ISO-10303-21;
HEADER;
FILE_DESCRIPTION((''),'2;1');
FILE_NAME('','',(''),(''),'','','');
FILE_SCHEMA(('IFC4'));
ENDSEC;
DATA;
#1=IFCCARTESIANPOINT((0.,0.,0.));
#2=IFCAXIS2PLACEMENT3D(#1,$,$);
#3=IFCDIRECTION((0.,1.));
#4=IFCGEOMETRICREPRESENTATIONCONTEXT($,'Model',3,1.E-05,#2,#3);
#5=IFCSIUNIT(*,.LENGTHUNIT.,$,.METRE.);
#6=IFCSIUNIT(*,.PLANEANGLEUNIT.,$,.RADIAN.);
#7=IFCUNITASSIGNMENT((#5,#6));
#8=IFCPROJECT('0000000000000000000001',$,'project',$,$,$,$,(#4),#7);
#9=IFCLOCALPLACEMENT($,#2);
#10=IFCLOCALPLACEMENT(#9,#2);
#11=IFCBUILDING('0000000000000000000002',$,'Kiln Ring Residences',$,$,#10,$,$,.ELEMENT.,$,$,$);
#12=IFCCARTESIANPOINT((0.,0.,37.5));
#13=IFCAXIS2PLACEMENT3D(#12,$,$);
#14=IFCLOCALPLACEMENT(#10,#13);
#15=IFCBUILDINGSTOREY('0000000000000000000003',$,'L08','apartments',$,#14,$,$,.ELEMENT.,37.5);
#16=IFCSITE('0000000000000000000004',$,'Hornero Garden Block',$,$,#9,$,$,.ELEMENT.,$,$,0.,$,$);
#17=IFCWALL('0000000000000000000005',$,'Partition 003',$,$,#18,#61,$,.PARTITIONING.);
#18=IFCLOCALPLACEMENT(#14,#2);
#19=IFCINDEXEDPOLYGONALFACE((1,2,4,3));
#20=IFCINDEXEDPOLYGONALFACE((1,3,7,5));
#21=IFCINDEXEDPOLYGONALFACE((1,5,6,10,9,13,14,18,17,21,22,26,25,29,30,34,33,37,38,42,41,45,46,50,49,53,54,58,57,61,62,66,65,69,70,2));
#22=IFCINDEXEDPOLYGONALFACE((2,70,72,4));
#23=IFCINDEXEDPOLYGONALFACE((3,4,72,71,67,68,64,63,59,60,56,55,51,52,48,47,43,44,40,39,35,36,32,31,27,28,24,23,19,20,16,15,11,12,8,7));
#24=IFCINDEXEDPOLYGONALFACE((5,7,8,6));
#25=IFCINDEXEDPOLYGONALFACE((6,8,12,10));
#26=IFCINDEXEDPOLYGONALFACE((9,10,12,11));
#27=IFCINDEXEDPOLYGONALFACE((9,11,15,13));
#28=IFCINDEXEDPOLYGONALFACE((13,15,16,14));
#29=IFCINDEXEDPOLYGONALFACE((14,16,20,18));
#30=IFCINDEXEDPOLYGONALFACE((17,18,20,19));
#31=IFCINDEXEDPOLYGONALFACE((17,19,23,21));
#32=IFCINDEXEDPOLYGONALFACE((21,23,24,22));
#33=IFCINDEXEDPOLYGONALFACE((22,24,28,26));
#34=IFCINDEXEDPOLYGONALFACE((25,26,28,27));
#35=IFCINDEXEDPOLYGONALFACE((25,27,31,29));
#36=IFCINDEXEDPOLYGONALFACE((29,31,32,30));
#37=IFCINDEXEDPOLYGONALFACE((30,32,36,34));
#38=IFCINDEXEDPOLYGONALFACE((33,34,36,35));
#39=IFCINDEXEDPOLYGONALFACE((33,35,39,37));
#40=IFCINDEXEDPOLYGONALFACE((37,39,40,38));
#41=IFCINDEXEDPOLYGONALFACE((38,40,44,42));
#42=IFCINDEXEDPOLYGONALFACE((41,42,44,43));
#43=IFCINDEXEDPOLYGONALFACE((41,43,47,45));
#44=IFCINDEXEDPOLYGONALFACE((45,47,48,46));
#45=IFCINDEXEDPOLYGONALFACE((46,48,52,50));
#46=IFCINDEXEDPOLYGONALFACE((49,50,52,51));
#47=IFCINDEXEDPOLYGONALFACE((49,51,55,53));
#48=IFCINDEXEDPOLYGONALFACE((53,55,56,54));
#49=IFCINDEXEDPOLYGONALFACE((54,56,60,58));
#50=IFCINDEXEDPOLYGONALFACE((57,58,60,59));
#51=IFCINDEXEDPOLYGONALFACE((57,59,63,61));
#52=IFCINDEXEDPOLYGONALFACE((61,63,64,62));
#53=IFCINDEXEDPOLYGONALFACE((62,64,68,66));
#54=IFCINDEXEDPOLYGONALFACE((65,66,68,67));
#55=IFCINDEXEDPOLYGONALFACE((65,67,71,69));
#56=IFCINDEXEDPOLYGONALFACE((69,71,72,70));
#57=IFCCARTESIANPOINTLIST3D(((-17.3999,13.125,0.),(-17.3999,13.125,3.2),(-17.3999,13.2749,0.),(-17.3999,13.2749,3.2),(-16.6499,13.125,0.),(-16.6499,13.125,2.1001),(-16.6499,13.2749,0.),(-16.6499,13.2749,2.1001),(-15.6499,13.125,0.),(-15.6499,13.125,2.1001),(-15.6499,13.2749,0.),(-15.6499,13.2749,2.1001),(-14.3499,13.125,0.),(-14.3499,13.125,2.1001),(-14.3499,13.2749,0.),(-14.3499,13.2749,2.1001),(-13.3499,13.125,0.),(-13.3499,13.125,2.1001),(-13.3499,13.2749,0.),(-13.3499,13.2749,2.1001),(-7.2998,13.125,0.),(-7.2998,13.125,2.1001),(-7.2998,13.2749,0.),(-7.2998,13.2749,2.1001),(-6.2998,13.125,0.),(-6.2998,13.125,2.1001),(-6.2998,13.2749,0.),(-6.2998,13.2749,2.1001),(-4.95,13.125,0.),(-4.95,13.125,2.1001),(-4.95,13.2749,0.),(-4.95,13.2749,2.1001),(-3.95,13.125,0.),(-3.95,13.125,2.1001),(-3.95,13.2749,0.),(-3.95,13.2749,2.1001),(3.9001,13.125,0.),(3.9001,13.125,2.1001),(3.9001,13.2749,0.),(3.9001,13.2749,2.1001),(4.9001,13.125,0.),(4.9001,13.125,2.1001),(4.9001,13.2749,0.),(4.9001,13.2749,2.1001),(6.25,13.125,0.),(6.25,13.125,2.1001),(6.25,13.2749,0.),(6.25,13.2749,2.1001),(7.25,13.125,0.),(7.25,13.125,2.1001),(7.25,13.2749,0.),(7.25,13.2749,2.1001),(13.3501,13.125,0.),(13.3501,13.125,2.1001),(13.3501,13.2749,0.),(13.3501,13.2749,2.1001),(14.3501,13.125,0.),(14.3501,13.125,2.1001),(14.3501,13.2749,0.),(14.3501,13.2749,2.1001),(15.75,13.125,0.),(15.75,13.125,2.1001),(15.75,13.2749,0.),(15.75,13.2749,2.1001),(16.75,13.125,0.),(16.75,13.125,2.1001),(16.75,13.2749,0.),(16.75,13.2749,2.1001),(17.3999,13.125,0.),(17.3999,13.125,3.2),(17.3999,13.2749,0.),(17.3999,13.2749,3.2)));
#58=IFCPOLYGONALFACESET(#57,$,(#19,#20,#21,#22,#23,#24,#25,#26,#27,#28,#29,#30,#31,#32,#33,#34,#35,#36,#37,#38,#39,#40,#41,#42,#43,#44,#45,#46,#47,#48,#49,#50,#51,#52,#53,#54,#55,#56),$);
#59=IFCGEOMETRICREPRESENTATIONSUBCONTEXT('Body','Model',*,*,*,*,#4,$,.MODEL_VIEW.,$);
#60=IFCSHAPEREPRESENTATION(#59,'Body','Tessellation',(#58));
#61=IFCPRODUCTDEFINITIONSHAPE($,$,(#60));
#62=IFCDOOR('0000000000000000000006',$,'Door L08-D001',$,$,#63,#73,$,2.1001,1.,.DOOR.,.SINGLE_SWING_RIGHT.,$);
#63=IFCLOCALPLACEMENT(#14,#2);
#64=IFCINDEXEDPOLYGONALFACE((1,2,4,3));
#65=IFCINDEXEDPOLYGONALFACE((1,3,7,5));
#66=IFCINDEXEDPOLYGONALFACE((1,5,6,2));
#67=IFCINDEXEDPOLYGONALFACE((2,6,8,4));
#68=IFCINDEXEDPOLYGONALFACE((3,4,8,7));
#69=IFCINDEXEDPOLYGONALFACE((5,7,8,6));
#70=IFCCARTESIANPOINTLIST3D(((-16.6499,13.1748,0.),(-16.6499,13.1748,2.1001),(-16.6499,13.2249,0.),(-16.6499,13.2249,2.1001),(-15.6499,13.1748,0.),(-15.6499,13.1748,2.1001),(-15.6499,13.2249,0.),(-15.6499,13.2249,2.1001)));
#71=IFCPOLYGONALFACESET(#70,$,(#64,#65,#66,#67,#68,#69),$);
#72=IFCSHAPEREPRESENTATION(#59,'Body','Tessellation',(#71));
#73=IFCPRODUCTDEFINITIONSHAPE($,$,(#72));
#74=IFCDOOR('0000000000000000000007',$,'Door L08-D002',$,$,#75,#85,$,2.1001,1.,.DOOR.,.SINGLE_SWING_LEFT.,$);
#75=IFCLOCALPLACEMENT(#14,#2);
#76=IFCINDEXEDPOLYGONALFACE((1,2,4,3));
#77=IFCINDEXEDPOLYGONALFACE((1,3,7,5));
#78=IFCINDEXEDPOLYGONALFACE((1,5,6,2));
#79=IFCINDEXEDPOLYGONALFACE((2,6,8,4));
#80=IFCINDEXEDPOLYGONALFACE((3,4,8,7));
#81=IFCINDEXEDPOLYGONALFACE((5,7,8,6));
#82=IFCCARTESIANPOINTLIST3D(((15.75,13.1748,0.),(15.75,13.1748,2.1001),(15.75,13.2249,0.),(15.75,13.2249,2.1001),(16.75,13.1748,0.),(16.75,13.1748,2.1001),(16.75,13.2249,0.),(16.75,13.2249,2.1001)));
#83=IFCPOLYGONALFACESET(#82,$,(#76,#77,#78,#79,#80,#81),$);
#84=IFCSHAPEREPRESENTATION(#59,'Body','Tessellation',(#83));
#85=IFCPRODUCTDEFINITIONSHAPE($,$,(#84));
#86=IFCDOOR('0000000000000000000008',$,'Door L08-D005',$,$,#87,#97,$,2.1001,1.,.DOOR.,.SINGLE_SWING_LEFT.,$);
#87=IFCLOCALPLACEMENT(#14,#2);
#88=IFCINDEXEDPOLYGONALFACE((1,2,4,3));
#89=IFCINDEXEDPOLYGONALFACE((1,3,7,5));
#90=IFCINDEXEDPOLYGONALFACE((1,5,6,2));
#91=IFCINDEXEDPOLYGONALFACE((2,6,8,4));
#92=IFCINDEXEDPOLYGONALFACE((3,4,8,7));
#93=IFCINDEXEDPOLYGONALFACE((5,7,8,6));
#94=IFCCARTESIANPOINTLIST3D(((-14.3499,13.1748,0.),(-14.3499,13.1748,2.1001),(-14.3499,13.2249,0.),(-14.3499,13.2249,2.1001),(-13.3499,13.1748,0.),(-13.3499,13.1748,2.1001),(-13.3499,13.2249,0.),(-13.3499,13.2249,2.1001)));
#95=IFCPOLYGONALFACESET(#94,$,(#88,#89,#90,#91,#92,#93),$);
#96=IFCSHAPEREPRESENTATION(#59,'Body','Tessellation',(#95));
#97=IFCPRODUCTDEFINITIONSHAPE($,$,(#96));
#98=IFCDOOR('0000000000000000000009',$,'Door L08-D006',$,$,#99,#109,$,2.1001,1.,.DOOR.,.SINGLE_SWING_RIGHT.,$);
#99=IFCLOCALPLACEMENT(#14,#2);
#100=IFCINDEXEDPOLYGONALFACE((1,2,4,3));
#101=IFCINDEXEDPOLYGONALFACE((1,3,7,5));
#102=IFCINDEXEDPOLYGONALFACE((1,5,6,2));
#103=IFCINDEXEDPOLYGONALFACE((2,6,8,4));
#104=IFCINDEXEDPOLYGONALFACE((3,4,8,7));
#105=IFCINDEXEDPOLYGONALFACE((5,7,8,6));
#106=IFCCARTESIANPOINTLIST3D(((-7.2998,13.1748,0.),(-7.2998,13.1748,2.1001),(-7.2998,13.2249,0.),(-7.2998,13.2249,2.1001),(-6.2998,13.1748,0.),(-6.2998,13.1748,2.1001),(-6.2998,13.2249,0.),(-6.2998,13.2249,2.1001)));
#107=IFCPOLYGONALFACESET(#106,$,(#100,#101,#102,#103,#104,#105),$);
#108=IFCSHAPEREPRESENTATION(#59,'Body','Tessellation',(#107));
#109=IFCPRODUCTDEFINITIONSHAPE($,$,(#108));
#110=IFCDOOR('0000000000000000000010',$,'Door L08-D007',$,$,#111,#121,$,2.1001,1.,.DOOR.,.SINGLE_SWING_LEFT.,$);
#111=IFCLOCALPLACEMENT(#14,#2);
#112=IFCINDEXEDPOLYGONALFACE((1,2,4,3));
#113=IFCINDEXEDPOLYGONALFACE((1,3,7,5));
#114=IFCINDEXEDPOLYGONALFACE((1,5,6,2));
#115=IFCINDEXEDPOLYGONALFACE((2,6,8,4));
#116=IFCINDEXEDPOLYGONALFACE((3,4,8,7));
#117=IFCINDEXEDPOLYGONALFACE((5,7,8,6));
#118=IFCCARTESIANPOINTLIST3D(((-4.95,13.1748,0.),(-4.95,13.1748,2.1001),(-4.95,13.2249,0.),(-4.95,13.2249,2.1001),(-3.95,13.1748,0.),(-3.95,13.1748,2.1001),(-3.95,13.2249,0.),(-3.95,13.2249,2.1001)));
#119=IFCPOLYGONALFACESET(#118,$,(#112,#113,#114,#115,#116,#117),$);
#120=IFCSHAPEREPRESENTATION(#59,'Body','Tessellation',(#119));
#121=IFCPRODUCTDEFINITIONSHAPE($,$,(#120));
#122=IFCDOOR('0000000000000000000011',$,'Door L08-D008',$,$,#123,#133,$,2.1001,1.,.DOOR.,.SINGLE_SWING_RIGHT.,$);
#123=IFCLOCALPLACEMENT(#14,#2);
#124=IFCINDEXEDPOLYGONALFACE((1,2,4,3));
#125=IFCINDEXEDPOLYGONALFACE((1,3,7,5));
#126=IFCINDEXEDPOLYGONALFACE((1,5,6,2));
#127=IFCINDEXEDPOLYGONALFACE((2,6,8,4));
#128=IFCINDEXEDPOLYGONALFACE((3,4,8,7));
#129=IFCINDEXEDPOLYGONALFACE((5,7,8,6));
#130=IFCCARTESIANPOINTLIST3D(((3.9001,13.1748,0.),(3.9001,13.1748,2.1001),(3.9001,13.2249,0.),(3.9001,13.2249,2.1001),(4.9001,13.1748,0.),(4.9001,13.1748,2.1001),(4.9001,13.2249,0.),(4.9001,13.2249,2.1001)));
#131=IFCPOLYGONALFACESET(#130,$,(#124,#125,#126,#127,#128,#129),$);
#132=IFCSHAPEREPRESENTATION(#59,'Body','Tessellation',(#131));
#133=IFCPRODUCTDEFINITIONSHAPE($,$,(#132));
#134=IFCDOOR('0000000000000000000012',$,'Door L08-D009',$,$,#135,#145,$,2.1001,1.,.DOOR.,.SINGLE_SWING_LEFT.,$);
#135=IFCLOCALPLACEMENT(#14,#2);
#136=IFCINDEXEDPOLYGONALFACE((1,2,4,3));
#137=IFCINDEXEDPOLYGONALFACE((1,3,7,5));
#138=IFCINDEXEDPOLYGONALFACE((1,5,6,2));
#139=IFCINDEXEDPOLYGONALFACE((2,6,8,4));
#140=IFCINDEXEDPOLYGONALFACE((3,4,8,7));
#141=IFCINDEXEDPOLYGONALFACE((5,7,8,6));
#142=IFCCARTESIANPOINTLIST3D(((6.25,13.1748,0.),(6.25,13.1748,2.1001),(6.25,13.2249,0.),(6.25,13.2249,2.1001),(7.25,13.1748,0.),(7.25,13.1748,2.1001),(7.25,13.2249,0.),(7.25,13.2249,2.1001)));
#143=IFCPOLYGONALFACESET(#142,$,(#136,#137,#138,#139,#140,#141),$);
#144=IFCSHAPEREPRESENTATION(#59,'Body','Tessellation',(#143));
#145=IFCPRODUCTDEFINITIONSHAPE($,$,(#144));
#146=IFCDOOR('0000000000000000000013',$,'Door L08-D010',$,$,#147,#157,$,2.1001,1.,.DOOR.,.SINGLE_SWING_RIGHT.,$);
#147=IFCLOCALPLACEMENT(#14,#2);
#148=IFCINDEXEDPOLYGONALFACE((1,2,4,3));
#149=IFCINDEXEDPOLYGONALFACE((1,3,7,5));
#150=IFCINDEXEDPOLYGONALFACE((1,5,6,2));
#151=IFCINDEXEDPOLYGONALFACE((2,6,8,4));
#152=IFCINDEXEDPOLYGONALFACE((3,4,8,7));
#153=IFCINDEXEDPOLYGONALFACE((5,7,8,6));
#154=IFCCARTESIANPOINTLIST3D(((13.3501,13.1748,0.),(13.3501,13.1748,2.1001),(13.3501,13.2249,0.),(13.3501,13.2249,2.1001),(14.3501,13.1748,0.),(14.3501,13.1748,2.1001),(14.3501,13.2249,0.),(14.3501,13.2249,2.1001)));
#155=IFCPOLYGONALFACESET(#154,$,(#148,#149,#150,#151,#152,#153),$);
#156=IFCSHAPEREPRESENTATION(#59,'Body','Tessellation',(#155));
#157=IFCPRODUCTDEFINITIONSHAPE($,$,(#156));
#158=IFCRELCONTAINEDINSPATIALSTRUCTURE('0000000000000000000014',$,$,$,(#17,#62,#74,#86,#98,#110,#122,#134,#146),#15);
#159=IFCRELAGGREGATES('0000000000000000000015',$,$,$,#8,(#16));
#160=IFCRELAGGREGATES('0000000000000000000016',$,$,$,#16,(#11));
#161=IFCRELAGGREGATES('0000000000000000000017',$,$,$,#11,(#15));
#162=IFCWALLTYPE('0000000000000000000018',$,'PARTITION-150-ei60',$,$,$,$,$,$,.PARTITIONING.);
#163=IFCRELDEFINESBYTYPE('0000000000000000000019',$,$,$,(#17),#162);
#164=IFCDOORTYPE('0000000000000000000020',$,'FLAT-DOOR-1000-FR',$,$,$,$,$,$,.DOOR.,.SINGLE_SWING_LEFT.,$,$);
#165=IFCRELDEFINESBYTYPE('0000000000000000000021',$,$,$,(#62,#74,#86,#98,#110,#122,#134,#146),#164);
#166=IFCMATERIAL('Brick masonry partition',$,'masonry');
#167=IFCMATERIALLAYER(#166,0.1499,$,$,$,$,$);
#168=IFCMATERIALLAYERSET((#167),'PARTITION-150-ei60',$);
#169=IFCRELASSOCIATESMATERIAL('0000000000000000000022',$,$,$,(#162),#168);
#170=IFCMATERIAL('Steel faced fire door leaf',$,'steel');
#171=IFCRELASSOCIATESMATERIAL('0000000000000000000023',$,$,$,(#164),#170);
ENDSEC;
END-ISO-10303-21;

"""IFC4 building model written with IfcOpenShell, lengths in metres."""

from ifc_helpers import new_model, si_unit, direction, frame, frame_2d, origin, place, context, subcontext, project, spatial, rectangle, extrude, material, layer, layer_set, type_object, element, fill, save


model = new_model("IFC4")

# Units and contexts
model_context = context("Model", 3, precision=1e-05, world=origin(), true_north=direction((0.0, 1.0)))
body_context = subcontext(model_context, "Body", "Model", "MODEL_VIEW")
ifc_project = project(units=[si_unit("LENGTHUNIT", "METRE"), si_unit("PLANEANGLEUNIT", "RADIAN")], contexts=[model_context])

# Site, building, storey
site_placement = place(None, origin())
site = spatial("IfcSite", under=ifc_project, at=site_placement, Name="Hornero Garden Block", CompositionType="ELEMENT", RefElevation=0.0)
building_placement = place(site_placement, origin())
building = spatial("IfcBuilding", under=site, at=building_placement, Name="Kiln Ring Residences", CompositionType="ELEMENT")
storey_placement = place(building_placement, frame((0.0, 0.0, 37.5)))
storey = spatial("IfcBuildingStorey", under=building, at=storey_placement, Name="L08", Description="apartments", CompositionType="ELEMENT", Elevation=37.5)

# Wall, openings, doors
ifc_material_1 = material(Name="Brick masonry partition", Category="masonry")
ifc_layer_1 = layer(ifc_material_1, 0.1499)
ifc_layer_set_1 = layer_set([ifc_layer_1], Name="PARTITION-150-ei60")
wall_type_1 = type_object("IfcWallType", Name="PARTITION-150-ei60", PredefinedType="PARTITIONING", material=ifc_layer_set_1)
wall_1_placement = place(storey_placement, frame((-17.3999, 13.2, 0.0), z_axis=(0.0, 0.0, 1.0), x_axis=(1.0, 0.0, 0.0)))
wall_1 = element("IfcWall", 1, at=wall_1_placement, inside=storey, type_object=wall_type_1, Name="Partition 003", PredefinedType="PARTITIONING", context=body_context, shape_type="SweptSolid", body=[
    extrude(rectangle(XDim=34.7998, YDim=0.1499, at=frame_2d((17.3999, 0.0))), origin(), (0.0, 0.0, 1.0), 3.2),
])
opening_1_placement = place(wall_1_placement, frame((0.75, 0.0, 0.0)))
opening_1 = element("IfcOpeningElement", 2, at=opening_1_placement, cuts=wall_1, PredefinedType="OPENING", context=body_context, shape_type="SweptSolid", body=[
    extrude(rectangle(XDim=1.0, YDim=2.1001, at=frame_2d((0.5, 1.05))), frame((0.0, 0.085, 0.0), z_axis=(0.0, -1.0, 0.0), x_axis=(1.0, 0.0, 0.0)), (0.0, 0.0, 1.0), 0.1699),
])
opening_2_placement = place(wall_1_placement, frame((33.1499, 0.0, 0.0)))
opening_2 = element("IfcOpeningElement", 3, at=opening_2_placement, cuts=wall_1, PredefinedType="OPENING", context=body_context, shape_type="SweptSolid", body=[
    extrude(rectangle(XDim=1.0, YDim=2.1001, at=frame_2d((0.5, 1.05))), frame((0.0, 0.085, 0.0), z_axis=(0.0, -1.0, 0.0), x_axis=(1.0, 0.0, 0.0)), (0.0, 0.0, 1.0), 0.1699),
])
opening_3_placement = place(wall_1_placement, frame((3.05, 0.0, 0.0)))
opening_3 = element("IfcOpeningElement", 4, at=opening_3_placement, cuts=wall_1, PredefinedType="OPENING", context=body_context, shape_type="SweptSolid", body=[
    extrude(rectangle(XDim=1.0, YDim=2.1001, at=frame_2d((0.5, 1.05))), frame((0.0, 0.085, 0.0), z_axis=(0.0, -1.0, 0.0), x_axis=(1.0, 0.0, 0.0)), (0.0, 0.0, 1.0), 0.1699),
])
opening_4_placement = place(wall_1_placement, frame((10.1001, 0.0, 0.0)))
opening_4 = element("IfcOpeningElement", 5, at=opening_4_placement, cuts=wall_1, PredefinedType="OPENING", context=body_context, shape_type="SweptSolid", body=[
    extrude(rectangle(XDim=1.0, YDim=2.1001, at=frame_2d((0.5, 1.05))), frame((0.0, 0.085, 0.0), z_axis=(0.0, -1.0, 0.0), x_axis=(1.0, 0.0, 0.0)), (0.0, 0.0, 1.0), 0.1699),
])
opening_5_placement = place(wall_1_placement, frame((12.45, 0.0, 0.0)))
opening_5 = element("IfcOpeningElement", 6, at=opening_5_placement, cuts=wall_1, PredefinedType="OPENING", context=body_context, shape_type="SweptSolid", body=[
    extrude(rectangle(XDim=1.0, YDim=2.1001, at=frame_2d((0.5, 1.05))), frame((0.0, 0.085, 0.0), z_axis=(0.0, -1.0, 0.0), x_axis=(1.0, 0.0, 0.0)), (0.0, 0.0, 1.0), 0.1699),
])
opening_6_placement = place(wall_1_placement, frame((21.3, 0.0, 0.0)))
opening_6 = element("IfcOpeningElement", 7, at=opening_6_placement, cuts=wall_1, PredefinedType="OPENING", context=body_context, shape_type="SweptSolid", body=[
    extrude(rectangle(XDim=1.0, YDim=2.1001, at=frame_2d((0.5, 1.05))), frame((0.0, 0.085, 0.0), z_axis=(0.0, -1.0, 0.0), x_axis=(1.0, 0.0, 0.0)), (0.0, 0.0, 1.0), 0.1699),
])
opening_7_placement = place(wall_1_placement, frame((23.6499, 0.0, 0.0)))
opening_7 = element("IfcOpeningElement", 8, at=opening_7_placement, cuts=wall_1, PredefinedType="OPENING", context=body_context, shape_type="SweptSolid", body=[
    extrude(rectangle(XDim=1.0, YDim=2.1001, at=frame_2d((0.5, 1.05))), frame((0.0, 0.085, 0.0), z_axis=(0.0, -1.0, 0.0), x_axis=(1.0, 0.0, 0.0)), (0.0, 0.0, 1.0), 0.1699),
])
opening_8_placement = place(wall_1_placement, frame((30.75, 0.0, 0.0)))
opening_8 = element("IfcOpeningElement", 9, at=opening_8_placement, cuts=wall_1, PredefinedType="OPENING", context=body_context, shape_type="SweptSolid", body=[
    extrude(rectangle(XDim=1.0, YDim=2.1001, at=frame_2d((0.5, 1.05))), frame((0.0, 0.085, 0.0), z_axis=(0.0, -1.0, 0.0), x_axis=(1.0, 0.0, 0.0)), (0.0, 0.0, 1.0), 0.1699),
])
ifc_material_2 = material(Name="Steel faced fire door leaf", Category="steel")
door_type = type_object("IfcDoorType", Name="FLAT-DOOR-1000-FR", OperationType="SINGLE_SWING_LEFT", PredefinedType="DOOR", material=ifc_material_2)
door_1_placement = place(opening_1_placement, origin())
door_1 = element("IfcDoor", 10, at=door_1_placement, inside=storey, type_object=door_type, Name="Door L08-D001", OperationType="SINGLE_SWING_RIGHT", OverallHeight=2.1001, OverallWidth=1.0, PredefinedType="DOOR", context=body_context, shape_type="SweptSolid", body=[
    extrude(rectangle(XDim=1.0, YDim=2.1001, at=frame_2d((0.5, 1.05))), frame((0.0, 0.0249, 0.0), z_axis=(0.0, -1.0, 0.0), x_axis=(1.0, 0.0, 0.0)), (0.0, 0.0, 1.0), 0.05),
])
fill(opening_1, door_1)
door_2_placement = place(opening_2_placement, origin())
door_2 = element("IfcDoor", 11, at=door_2_placement, inside=storey, type_object=door_type, Name="Door L08-D002", OperationType="SINGLE_SWING_LEFT", OverallHeight=2.1001, OverallWidth=1.0, PredefinedType="DOOR", context=body_context, shape_type="SweptSolid", body=[
    extrude(rectangle(XDim=1.0, YDim=2.1001, at=frame_2d((0.5, 1.05))), frame((0.0, 0.0249, 0.0), z_axis=(0.0, -1.0, 0.0), x_axis=(1.0, 0.0, 0.0)), (0.0, 0.0, 1.0), 0.05),
])
fill(opening_2, door_2)
door_3_placement = place(opening_3_placement, origin())
door_3 = element("IfcDoor", 12, at=door_3_placement, inside=storey, type_object=door_type, Name="Door L08-D005", OperationType="SINGLE_SWING_LEFT", OverallHeight=2.1001, OverallWidth=1.0, PredefinedType="DOOR", context=body_context, shape_type="SweptSolid", body=[
    extrude(rectangle(XDim=1.0, YDim=2.1001, at=frame_2d((0.5, 1.05))), frame((0.0, 0.0249, 0.0), z_axis=(0.0, -1.0, 0.0), x_axis=(1.0, 0.0, 0.0)), (0.0, 0.0, 1.0), 0.05),
])
fill(opening_3, door_3)
door_4_placement = place(opening_4_placement, origin())
door_4 = element("IfcDoor", 13, at=door_4_placement, inside=storey, type_object=door_type, Name="Door L08-D006", OperationType="SINGLE_SWING_RIGHT", OverallHeight=2.1001, OverallWidth=1.0, PredefinedType="DOOR", context=body_context, shape_type="SweptSolid", body=[
    extrude(rectangle(XDim=1.0, YDim=2.1001, at=frame_2d((0.5, 1.05))), frame((0.0, 0.0249, 0.0), z_axis=(0.0, -1.0, 0.0), x_axis=(1.0, 0.0, 0.0)), (0.0, 0.0, 1.0), 0.05),
])
fill(opening_4, door_4)
door_5_placement = place(opening_5_placement, origin())
door_5 = element("IfcDoor", 14, at=door_5_placement, inside=storey, type_object=door_type, Name="Door L08-D007", OperationType="SINGLE_SWING_LEFT", OverallHeight=2.1001, OverallWidth=1.0, PredefinedType="DOOR", context=body_context, shape_type="SweptSolid", body=[
    extrude(rectangle(XDim=1.0, YDim=2.1001, at=frame_2d((0.5, 1.05))), frame((0.0, 0.0249, 0.0), z_axis=(0.0, -1.0, 0.0), x_axis=(1.0, 0.0, 0.0)), (0.0, 0.0, 1.0), 0.05),
])
fill(opening_5, door_5)
door_6_placement = place(opening_6_placement, origin())
door_6 = element("IfcDoor", 15, at=door_6_placement, inside=storey, type_object=door_type, Name="Door L08-D008", OperationType="SINGLE_SWING_RIGHT", OverallHeight=2.1001, OverallWidth=1.0, PredefinedType="DOOR", context=body_context, shape_type="SweptSolid", body=[
    extrude(rectangle(XDim=1.0, YDim=2.1001, at=frame_2d((0.5, 1.05))), frame((0.0, 0.0249, 0.0), z_axis=(0.0, -1.0, 0.0), x_axis=(1.0, 0.0, 0.0)), (0.0, 0.0, 1.0), 0.05),
])
fill(opening_6, door_6)
door_7_placement = place(opening_7_placement, origin())
door_7 = element("IfcDoor", 16, at=door_7_placement, inside=storey, type_object=door_type, Name="Door L08-D009", OperationType="SINGLE_SWING_LEFT", OverallHeight=2.1001, OverallWidth=1.0, PredefinedType="DOOR", context=body_context, shape_type="SweptSolid", body=[
    extrude(rectangle(XDim=1.0, YDim=2.1001, at=frame_2d((0.5, 1.05))), frame((0.0, 0.0249, 0.0), z_axis=(0.0, -1.0, 0.0), x_axis=(1.0, 0.0, 0.0)), (0.0, 0.0, 1.0), 0.05),
])
fill(opening_7, door_7)
door_8_placement = place(opening_8_placement, origin())
door_8 = element("IfcDoor", 17, at=door_8_placement, inside=storey, type_object=door_type, Name="Door L08-D010", OperationType="SINGLE_SWING_RIGHT", OverallHeight=2.1001, OverallWidth=1.0, PredefinedType="DOOR", context=body_context, shape_type="SweptSolid", body=[
    extrude(rectangle(XDim=1.0, YDim=2.1001, at=frame_2d((0.5, 1.05))), frame((0.0, 0.0249, 0.0), z_axis=(0.0, -1.0, 0.0), x_axis=(1.0, 0.0, 0.0)), (0.0, 0.0, 1.0), 0.05),
])
fill(opening_8, door_8)

save(model, "model.ifc")
